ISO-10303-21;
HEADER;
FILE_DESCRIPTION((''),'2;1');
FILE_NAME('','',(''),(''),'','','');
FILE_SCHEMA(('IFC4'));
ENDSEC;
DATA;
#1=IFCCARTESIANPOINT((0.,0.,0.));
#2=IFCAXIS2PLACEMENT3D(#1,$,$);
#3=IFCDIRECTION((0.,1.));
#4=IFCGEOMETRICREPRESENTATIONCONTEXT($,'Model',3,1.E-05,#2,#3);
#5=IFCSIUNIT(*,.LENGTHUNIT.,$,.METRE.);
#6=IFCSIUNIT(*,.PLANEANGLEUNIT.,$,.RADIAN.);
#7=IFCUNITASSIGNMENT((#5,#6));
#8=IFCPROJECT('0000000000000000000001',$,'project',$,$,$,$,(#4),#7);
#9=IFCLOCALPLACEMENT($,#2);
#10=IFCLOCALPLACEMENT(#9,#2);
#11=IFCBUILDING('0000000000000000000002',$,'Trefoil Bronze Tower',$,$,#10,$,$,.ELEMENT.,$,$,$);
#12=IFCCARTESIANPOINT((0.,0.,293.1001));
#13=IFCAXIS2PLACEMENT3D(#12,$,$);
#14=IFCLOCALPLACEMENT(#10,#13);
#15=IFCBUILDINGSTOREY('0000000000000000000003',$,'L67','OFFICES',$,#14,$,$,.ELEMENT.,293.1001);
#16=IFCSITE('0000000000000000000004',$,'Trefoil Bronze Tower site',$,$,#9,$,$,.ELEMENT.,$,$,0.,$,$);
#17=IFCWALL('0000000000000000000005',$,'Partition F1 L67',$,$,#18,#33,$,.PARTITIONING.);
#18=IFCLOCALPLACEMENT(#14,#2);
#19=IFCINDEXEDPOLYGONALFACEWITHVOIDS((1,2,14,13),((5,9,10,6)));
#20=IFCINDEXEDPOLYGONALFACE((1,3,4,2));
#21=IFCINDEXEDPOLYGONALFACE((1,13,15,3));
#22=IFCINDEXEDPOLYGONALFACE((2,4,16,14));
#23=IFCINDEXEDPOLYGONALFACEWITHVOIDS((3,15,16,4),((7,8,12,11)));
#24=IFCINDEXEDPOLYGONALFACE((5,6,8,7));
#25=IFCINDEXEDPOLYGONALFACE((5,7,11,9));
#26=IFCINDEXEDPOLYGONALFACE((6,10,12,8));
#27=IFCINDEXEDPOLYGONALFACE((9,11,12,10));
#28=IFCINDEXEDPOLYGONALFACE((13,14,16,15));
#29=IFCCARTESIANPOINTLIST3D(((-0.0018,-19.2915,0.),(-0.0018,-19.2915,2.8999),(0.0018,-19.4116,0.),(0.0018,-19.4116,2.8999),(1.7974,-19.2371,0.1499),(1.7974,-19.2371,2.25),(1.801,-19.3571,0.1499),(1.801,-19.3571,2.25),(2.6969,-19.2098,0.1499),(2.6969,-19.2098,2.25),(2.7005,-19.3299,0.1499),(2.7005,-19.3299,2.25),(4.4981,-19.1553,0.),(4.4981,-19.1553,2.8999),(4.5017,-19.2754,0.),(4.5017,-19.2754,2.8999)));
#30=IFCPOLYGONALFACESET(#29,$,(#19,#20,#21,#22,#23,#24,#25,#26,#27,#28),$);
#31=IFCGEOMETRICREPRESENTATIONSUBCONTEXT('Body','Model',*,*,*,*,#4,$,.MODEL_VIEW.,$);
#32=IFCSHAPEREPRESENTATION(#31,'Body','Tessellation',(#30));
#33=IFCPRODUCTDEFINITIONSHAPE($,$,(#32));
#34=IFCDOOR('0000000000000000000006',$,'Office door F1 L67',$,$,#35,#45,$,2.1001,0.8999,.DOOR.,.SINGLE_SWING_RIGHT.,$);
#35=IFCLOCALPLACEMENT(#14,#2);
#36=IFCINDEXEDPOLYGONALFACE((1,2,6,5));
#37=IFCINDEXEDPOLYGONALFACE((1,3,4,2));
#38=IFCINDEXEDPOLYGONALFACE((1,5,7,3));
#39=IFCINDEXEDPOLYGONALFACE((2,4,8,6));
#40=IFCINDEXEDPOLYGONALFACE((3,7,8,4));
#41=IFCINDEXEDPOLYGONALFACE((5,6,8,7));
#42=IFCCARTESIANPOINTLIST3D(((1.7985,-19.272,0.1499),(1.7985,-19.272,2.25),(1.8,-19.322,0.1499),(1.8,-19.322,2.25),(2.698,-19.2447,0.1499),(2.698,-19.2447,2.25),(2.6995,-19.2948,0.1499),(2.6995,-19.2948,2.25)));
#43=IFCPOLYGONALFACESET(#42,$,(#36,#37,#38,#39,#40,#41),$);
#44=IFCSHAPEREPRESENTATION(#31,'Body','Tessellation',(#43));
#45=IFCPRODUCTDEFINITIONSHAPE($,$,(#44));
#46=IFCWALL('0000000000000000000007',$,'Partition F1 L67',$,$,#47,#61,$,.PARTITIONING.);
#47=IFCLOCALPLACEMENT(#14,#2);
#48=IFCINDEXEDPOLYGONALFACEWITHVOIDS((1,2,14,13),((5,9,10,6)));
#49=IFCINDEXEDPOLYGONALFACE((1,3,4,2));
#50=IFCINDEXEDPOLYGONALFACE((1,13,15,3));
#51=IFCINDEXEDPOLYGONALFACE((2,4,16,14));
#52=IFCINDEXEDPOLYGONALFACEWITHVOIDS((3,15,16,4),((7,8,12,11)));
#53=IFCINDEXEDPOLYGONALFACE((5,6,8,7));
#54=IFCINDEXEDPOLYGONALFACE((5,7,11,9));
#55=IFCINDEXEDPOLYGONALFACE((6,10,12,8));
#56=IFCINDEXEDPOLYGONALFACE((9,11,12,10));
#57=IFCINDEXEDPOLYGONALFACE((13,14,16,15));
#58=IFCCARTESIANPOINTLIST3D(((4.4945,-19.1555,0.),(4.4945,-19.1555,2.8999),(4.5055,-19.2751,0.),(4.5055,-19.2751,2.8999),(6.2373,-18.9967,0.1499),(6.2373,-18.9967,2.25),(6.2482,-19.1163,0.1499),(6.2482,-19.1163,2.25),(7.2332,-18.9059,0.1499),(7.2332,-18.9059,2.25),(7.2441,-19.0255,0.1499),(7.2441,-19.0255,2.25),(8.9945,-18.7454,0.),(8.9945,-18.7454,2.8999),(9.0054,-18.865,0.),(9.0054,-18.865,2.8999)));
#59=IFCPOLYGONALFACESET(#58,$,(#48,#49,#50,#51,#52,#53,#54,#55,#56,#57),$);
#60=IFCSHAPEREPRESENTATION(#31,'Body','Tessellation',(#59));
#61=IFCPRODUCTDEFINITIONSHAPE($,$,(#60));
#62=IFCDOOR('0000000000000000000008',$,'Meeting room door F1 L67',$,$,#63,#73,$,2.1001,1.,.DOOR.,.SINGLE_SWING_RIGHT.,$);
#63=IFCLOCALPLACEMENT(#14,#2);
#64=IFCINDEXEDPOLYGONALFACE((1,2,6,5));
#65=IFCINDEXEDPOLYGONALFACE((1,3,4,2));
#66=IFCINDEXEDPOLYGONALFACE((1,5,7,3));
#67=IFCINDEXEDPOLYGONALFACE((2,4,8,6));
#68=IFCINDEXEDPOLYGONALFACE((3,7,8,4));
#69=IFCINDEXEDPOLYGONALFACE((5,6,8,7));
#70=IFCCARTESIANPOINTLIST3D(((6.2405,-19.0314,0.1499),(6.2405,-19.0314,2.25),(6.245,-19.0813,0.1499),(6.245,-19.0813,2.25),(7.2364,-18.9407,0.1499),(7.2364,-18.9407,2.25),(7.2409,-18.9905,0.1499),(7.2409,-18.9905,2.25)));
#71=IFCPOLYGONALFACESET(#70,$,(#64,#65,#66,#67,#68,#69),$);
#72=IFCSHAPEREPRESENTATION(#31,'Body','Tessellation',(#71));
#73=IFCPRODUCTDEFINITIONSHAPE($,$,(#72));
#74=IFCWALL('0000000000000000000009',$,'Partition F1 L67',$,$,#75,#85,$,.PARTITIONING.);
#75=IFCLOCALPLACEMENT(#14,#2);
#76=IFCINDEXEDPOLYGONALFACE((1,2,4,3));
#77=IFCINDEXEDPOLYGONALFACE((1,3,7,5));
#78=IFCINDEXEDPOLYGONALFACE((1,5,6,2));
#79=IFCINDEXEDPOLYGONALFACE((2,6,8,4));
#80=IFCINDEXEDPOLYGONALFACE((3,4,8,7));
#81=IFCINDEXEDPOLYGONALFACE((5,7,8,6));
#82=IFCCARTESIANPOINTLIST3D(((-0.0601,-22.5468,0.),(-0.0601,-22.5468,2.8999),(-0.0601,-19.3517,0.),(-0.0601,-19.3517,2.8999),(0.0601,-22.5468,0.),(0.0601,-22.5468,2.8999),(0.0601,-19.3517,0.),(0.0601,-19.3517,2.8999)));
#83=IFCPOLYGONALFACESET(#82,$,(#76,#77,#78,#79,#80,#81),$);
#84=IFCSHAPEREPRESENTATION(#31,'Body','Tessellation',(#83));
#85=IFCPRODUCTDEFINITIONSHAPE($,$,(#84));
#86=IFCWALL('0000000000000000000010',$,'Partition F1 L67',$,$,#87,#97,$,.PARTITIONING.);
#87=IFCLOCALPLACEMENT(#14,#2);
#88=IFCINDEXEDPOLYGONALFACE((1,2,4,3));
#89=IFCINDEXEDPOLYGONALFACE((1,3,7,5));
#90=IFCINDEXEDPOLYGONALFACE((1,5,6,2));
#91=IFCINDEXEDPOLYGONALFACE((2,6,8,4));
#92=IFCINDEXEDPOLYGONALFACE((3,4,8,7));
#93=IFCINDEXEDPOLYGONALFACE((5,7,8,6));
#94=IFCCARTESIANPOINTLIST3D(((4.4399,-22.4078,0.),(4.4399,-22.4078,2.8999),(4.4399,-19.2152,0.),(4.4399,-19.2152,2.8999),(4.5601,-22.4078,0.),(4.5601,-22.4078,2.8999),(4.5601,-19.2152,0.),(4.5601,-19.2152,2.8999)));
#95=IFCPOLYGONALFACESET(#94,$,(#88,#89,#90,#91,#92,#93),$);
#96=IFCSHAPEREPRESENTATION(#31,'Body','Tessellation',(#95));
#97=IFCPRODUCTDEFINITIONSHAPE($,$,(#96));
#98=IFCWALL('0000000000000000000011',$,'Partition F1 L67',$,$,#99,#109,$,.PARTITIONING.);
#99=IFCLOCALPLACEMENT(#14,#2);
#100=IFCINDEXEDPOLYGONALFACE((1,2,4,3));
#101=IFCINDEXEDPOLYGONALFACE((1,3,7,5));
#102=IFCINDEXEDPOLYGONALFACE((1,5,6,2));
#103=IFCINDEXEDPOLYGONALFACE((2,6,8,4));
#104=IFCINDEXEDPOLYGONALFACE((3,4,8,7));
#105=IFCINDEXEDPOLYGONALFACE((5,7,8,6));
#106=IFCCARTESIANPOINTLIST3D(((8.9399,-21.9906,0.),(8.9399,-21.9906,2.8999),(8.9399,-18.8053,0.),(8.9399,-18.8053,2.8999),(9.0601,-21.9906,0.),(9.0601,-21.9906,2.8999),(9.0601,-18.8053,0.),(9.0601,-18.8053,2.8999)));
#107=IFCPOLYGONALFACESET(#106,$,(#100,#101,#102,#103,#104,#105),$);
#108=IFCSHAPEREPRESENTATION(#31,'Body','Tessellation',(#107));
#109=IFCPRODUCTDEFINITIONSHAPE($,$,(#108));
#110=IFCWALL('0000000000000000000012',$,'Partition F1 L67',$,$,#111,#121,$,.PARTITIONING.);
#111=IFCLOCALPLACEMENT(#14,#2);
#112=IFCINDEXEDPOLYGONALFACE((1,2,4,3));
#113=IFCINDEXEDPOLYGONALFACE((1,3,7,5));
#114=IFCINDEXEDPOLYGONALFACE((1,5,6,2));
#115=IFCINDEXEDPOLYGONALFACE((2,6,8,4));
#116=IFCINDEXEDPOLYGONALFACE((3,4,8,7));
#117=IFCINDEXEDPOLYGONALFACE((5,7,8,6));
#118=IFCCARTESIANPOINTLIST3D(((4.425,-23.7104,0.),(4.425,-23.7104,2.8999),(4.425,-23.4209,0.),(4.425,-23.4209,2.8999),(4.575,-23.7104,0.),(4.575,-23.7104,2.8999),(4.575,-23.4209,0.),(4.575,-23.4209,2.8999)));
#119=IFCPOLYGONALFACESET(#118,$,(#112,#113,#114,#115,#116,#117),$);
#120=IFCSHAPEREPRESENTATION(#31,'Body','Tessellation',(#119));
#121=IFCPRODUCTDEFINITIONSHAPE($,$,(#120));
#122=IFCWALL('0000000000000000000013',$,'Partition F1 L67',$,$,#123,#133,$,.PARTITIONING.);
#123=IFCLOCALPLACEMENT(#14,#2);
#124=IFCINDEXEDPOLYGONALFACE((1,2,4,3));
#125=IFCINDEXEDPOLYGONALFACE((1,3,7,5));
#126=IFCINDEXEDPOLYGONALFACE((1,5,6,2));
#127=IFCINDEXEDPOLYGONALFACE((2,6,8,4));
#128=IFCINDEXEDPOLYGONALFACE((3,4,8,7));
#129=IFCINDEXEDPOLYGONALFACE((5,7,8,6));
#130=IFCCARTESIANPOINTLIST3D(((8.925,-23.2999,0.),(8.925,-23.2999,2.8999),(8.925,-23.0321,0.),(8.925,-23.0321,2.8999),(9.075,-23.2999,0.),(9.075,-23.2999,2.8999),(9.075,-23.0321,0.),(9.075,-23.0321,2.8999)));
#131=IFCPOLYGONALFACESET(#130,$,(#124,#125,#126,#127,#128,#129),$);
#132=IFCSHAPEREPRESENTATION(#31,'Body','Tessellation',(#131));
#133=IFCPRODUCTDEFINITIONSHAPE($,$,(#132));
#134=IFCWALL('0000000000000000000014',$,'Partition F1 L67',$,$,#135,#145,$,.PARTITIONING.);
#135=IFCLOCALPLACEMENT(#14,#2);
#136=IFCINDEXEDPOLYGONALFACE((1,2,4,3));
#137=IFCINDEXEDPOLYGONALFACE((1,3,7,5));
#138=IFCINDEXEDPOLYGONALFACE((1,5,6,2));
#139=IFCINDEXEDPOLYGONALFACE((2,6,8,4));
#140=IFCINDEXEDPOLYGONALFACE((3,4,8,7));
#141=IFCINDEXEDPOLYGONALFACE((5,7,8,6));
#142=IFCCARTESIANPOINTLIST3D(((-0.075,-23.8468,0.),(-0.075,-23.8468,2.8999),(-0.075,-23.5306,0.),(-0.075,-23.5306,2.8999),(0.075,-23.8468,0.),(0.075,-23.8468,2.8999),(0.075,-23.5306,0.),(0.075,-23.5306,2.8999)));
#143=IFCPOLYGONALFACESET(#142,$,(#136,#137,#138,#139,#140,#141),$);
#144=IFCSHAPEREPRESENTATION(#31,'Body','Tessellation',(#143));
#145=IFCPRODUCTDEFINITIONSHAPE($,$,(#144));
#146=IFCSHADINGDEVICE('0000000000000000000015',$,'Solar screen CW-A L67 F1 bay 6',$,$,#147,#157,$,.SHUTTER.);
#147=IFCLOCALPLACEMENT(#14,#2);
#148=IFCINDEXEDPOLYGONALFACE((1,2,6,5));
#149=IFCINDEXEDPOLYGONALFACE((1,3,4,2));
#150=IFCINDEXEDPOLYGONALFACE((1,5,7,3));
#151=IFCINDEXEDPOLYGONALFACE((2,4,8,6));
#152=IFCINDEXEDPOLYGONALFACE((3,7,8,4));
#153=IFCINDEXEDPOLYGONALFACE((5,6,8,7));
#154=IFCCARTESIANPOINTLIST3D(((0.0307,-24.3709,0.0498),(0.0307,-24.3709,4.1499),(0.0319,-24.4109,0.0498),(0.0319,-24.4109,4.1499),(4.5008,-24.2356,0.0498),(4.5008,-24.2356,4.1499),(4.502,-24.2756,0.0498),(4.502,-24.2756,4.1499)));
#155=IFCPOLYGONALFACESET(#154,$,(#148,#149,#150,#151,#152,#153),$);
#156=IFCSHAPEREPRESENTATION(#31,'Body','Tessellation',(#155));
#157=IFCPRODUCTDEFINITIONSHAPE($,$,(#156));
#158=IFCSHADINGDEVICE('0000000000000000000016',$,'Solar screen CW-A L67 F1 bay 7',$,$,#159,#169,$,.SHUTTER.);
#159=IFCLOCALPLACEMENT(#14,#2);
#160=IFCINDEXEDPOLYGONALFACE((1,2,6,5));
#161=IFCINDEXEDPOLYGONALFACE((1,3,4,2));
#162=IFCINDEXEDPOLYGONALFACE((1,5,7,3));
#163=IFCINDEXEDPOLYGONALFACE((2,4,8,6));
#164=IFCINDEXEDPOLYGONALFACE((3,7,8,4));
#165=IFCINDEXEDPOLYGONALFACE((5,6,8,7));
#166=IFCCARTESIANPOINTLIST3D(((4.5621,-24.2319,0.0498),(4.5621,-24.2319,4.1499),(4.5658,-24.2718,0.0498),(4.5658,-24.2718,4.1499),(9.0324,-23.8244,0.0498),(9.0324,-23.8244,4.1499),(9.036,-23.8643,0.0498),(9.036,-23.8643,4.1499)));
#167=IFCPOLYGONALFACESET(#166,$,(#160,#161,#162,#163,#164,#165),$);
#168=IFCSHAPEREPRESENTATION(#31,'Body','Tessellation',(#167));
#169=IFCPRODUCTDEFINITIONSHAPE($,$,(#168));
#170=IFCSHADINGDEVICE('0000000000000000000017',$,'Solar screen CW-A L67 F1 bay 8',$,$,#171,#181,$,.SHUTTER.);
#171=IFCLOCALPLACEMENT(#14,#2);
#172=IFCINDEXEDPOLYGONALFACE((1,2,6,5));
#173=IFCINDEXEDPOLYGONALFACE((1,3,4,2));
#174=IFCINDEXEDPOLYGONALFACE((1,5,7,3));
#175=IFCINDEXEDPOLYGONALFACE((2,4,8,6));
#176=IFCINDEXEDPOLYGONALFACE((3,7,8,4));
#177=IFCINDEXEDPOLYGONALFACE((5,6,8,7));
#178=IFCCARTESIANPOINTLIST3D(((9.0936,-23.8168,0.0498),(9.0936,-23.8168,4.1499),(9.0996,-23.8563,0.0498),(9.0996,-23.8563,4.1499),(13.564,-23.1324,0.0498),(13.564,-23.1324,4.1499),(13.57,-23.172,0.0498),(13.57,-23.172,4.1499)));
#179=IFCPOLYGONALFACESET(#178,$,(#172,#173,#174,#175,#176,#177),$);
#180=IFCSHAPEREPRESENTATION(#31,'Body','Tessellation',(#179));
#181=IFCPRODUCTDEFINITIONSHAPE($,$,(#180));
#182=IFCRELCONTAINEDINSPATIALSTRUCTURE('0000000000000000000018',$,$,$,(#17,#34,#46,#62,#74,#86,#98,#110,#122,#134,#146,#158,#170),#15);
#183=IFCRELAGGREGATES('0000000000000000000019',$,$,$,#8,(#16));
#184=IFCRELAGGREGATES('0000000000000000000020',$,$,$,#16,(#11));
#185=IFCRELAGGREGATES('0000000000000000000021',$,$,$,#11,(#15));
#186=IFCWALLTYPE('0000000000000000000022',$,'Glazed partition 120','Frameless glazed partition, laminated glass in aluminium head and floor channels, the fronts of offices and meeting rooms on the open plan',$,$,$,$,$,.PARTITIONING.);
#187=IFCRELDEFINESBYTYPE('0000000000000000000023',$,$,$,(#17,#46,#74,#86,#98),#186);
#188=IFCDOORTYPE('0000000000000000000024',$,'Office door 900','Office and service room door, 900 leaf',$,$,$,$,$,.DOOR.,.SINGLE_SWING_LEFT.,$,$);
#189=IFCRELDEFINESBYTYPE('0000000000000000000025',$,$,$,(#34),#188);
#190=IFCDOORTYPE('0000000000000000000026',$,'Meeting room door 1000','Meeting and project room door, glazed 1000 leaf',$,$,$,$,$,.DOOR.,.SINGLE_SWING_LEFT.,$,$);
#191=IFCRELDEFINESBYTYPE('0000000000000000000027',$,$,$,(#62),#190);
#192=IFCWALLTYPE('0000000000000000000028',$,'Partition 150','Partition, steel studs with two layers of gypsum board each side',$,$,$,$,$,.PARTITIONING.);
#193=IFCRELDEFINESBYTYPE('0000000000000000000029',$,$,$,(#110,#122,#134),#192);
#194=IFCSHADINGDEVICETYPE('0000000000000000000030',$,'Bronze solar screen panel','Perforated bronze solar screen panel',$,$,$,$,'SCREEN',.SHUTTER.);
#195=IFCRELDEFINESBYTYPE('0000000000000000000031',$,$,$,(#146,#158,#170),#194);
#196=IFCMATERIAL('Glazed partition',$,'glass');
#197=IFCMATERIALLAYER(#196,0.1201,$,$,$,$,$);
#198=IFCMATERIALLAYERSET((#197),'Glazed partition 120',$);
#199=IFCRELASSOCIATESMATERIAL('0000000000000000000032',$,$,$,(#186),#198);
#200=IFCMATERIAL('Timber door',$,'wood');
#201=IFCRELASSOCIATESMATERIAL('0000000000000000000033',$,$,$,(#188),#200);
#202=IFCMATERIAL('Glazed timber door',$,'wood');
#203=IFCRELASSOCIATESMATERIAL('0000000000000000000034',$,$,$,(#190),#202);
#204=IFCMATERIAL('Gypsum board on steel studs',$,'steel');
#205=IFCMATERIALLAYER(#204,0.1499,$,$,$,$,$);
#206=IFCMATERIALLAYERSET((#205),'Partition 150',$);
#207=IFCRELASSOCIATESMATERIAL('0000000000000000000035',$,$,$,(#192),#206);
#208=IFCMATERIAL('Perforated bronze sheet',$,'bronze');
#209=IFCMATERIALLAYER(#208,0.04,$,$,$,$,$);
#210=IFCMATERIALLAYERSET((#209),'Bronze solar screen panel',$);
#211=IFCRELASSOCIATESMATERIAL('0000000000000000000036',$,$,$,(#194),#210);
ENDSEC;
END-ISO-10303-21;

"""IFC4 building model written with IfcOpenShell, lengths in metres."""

from ifc_helpers import new_model, si_unit, direction, frame, frame_2d, origin, origin_2d, place, context, subcontext, project, spatial, rectangle, extrude, material, layer, layer_set, type_object, element, fill, save


model = new_model("IFC4")

# Units and contexts
model_context = context("Model", 3, precision=1e-05, world=origin(), true_north=direction((0.0, 1.0)))
body_context = subcontext(model_context, "Body", "Model", "MODEL_VIEW")
ifc_project = project(units=[si_unit("LENGTHUNIT", "METRE"), si_unit("PLANEANGLEUNIT", "RADIAN")], contexts=[model_context])

# Site, building, storey
site_placement = place(None, origin())
site = spatial("IfcSite", under=ifc_project, at=site_placement, Name="Trefoil Bronze Tower site", CompositionType="ELEMENT", RefElevation=0.0)
building_placement = place(site_placement, origin())
building = spatial("IfcBuilding", under=site, at=building_placement, Name="Trefoil Bronze Tower", CompositionType="ELEMENT")
storey_placement = place(building_placement, frame((0.0, 0.0, 293.1001)))
storey = spatial("IfcBuildingStorey", under=building, at=storey_placement, Name="L67", Description="OFFICES", CompositionType="ELEMENT", Elevation=293.1001)

# Walls, openings, doors
ifc_material_1 = material(Name="Glazed partition", Category="glass")
ifc_layer_1 = layer(ifc_material_1, 0.1201)
ifc_layer_set_1 = layer_set([ifc_layer_1], Name="Glazed partition 120")
wall_type_1 = type_object("IfcWallType", Name="Glazed partition 120", Description="Frameless glazed partition, laminated glass in aluminium head and floor channels, the fronts of offices and meeting rooms on the open plan", PredefinedType="PARTITIONING", material=ifc_layer_set_1)
wall_1_placement = place(storey_placement, frame((0.0, -19.3516, 0.0), z_axis=(0.0, 0.0, 1.0), x_axis=(0.999542, 0.03026, 0.0)))
wall_1 = element("IfcWall", 1, at=wall_1_placement, inside=storey, type_object=wall_type_1, Name="Partition F1 L67", PredefinedType="PARTITIONING", context=body_context, shape_type="SweptSolid", body=[
    extrude(rectangle(XDim=4.502, YDim=0.1201, at=frame_2d((2.251, 0.0))), origin(), (0.0, 0.0, 1.0), 2.8999),
])
opening_1_placement = place(wall_1_placement, frame((1.8, 0.0, 0.1499)))
opening_1 = element("IfcOpeningElement", 2, at=opening_1_placement, cuts=wall_1, PredefinedType="OPENING", context=body_context, shape_type="SweptSolid", body=[
    extrude(rectangle(XDim=0.8999, YDim=2.1001, at=frame_2d((0.45, 1.05))), frame((0.0, 0.0701, 0.0), z_axis=(0.0, -1.0, 0.0), x_axis=(1.0, 0.0, 0.0)), (0.0, 0.0, 1.0), 0.1401),
])
ifc_material_2 = material(Name="Timber door", Category="wood")
door_type_1 = type_object("IfcDoorType", Name="Office door 900", Description="Office and service room door, 900 leaf", OperationType="SINGLE_SWING_LEFT", PredefinedType="DOOR", material=ifc_material_2)
door_1_placement = place(opening_1_placement, frame((0.8999, 0.0, 0.0), z_axis=(0.0, 0.0, 1.0), x_axis=(-1.0, 0.0, 0.0)))
door_1 = element("IfcDoor", 3, at=door_1_placement, inside=storey, type_object=door_type_1, Name="Office door F1 L67", OperationType="SINGLE_SWING_RIGHT", OverallHeight=2.1001, OverallWidth=0.8999, PredefinedType="DOOR", context=body_context, shape_type="SweptSolid", body=[
    extrude(rectangle(XDim=0.8999, YDim=2.1001, at=frame_2d((0.45, 1.05))), frame((0.0, 0.0249, 0.0), z_axis=(0.0, -1.0, 0.0), x_axis=(1.0, 0.0, 0.0)), (0.0, 0.0, 1.0), 0.05),
])
fill(opening_1, door_1)
wall_2_placement = place(storey_placement, frame((4.5, -19.2153, 0.0), z_axis=(0.0, 0.0, 1.0), x_axis=(0.995872, 0.09077, 0.0)))
wall_2 = element("IfcWall", 4, at=wall_2_placement, inside=storey, type_object=wall_type_1, Name="Partition F1 L67", PredefinedType="PARTITIONING", context=body_context, shape_type="SweptSolid", body=[
    extrude(rectangle(XDim=4.5186, YDim=0.1201, at=frame_2d((2.2593, 0.0))), origin(), (0.0, 0.0, 1.0), 2.8999),
])
opening_2_placement = place(wall_2_placement, frame((1.75, 0.0, 0.1499)))
opening_2 = element("IfcOpeningElement", 5, at=opening_2_placement, cuts=wall_2, PredefinedType="OPENING", context=body_context, shape_type="SweptSolid", body=[
    extrude(rectangle(XDim=1.0, YDim=2.1001, at=frame_2d((0.5, 1.05))), frame((0.0, 0.0701, 0.0), z_axis=(0.0, -1.0, 0.0), x_axis=(1.0, 0.0, 0.0)), (0.0, 0.0, 1.0), 0.1401),
])
ifc_material_3 = material(Name="Glazed timber door", Category="wood")
door_type_2 = type_object("IfcDoorType", Name="Meeting room door 1000", Description="Meeting and project room door, glazed 1000 leaf", OperationType="SINGLE_SWING_LEFT", PredefinedType="DOOR", material=ifc_material_3)
door_2_placement = place(opening_2_placement, frame((1.0, 0.0, 0.0), z_axis=(0.0, 0.0, 1.0), x_axis=(-1.0, 0.0, 0.0)))
door_2 = element("IfcDoor", 6, at=door_2_placement, inside=storey, type_object=door_type_2, Name="Meeting room door F1 L67", OperationType="SINGLE_SWING_RIGHT", OverallHeight=2.1001, OverallWidth=1.0, PredefinedType="DOOR", context=body_context, shape_type="SweptSolid", body=[
    extrude(rectangle(XDim=1.0, YDim=2.1001, at=frame_2d((0.5, 1.05))), frame((0.0, 0.0249, 0.0), z_axis=(0.0, -1.0, 0.0), x_axis=(1.0, 0.0, 0.0)), (0.0, 0.0, 1.0), 0.05),
])
fill(opening_2, door_2)

# Walls
wall_3_placement = place(storey_placement, frame((0.0, -19.3516, 0.0), z_axis=(0.0, 0.0, 1.0), x_axis=(0.0, -1.0, 0.0)))
element("IfcWall", 7, at=wall_3_placement, inside=storey, type_object=wall_type_1, Name="Partition F1 L67", PredefinedType="PARTITIONING", context=body_context, shape_type="SweptSolid", body=[
    extrude(rectangle(XDim=3.1951, YDim=0.1201, at=frame_2d((1.5977, 0.0))), origin(), (0.0, 0.0, 1.0), 2.8999),
])
wall_4_placement = place(storey_placement, frame((4.5, -19.2153, 0.0), z_axis=(0.0, 0.0, 1.0), x_axis=(0.0, -1.0, 0.0)))
element("IfcWall", 8, at=wall_4_placement, inside=storey, type_object=wall_type_1, Name="Partition F1 L67", PredefinedType="PARTITIONING", context=body_context, shape_type="SweptSolid", body=[
    extrude(rectangle(XDim=3.1926, YDim=0.1201, at=frame_2d((1.5962, 0.0))), origin(), (0.0, 0.0, 1.0), 2.8999),
])
wall_5_placement = place(storey_placement, frame((9.0, -18.8052, 0.0), z_axis=(0.0, 0.0, 1.0), x_axis=(0.0, -1.0, 0.0)))
element("IfcWall", 9, at=wall_5_placement, inside=storey, type_object=wall_type_1, Name="Partition F1 L67", PredefinedType="PARTITIONING", context=body_context, shape_type="SweptSolid", body=[
    extrude(rectangle(XDim=3.1853, YDim=0.1201, at=frame_2d((1.5928, 0.0))), origin(), (0.0, 0.0, 1.0), 2.8999),
])
ifc_material_4 = material(Name="Gypsum board on steel studs", Category="steel")
ifc_layer_2 = layer(ifc_material_4, 0.1499)
ifc_layer_set_2 = layer_set([ifc_layer_2], Name="Partition 150")
wall_type_2 = type_object("IfcWallType", Name="Partition 150", Description="Partition, steel studs with two layers of gypsum board each side", PredefinedType="PARTITIONING", material=ifc_layer_set_2)
wall_6_placement = place(storey_placement, frame((4.5, -23.4209, 0.0), z_axis=(0.0, 0.0, 1.0), x_axis=(0.0, -1.0, 0.0)))
element("IfcWall", 10, at=wall_6_placement, inside=storey, type_object=wall_type_2, Name="Partition F1 L67", PredefinedType="PARTITIONING", context=body_context, shape_type="SweptSolid", body=[
    extrude(rectangle(XDim=0.2896, YDim=0.1499, at=frame_2d((0.1448, 0.0))), origin(), (0.0, 0.0, 1.0), 2.8999),
])
wall_7_placement = place(storey_placement, frame((9.0, -23.0322, 0.0), z_axis=(0.0, 0.0, 1.0), x_axis=(0.0, -1.0, 0.0)))
element("IfcWall", 11, at=wall_7_placement, inside=storey, type_object=wall_type_2, Name="Partition F1 L67", PredefinedType="PARTITIONING", context=body_context, shape_type="SweptSolid", body=[
    extrude(rectangle(XDim=0.2678, YDim=0.1499, at=frame_2d((0.1338, 0.0))), origin(), (0.0, 0.0, 1.0), 2.8999),
])
wall_8_placement = place(storey_placement, frame((0.0, -23.5305, 0.0), z_axis=(0.0, 0.0, 1.0), x_axis=(0.0, -1.0, 0.0)))
element("IfcWall", 12, at=wall_8_placement, inside=storey, type_object=wall_type_2, Name="Partition F1 L67", PredefinedType="PARTITIONING", context=body_context, shape_type="SweptSolid", body=[
    extrude(rectangle(XDim=0.3162, YDim=0.1499, at=frame_2d((0.1582, 0.0))), origin(), (0.0, 0.0, 1.0), 2.8999),
])

# Shading devices
ifc_material_5 = material(Name="Perforated bronze sheet", Category="bronze")
ifc_layer_3 = layer(ifc_material_5, 0.04)
ifc_layer_set_3 = layer_set([ifc_layer_3], Name="Bronze solar screen panel")
shading_device_type = type_object("IfcShadingDeviceType", Name="Bronze solar screen panel", Description="Perforated bronze solar screen panel", ElementType="SCREEN", PredefinedType="SHUTTER", material=ifc_layer_set_3)
shading_device_1_placement = place(storey_placement, frame((2.2664, -24.3232, 0.0498), z_axis=(0.0, 0.0, 1.0), x_axis=(0.999542, 0.030263, 0.0)))
element("IfcShadingDevice", 13, at=shading_device_1_placement, inside=storey, type_object=shading_device_type, Name="Solar screen CW-A L67 F1 bay 6", PredefinedType="SHUTTER", context=body_context, shape_type="SweptSolid", body=[
    extrude(rectangle(XDim=4.4722, YDim=0.04, at=origin_2d()), origin(), (0.0, 0.0, 1.0), 4.1001),
])
shading_device_2_placement = place(storey_placement, frame((6.7991, -24.0481, 0.0498), z_axis=(0.0, 0.0, 1.0), x_axis=(0.99587, 0.090789, 0.0)))
element("IfcShadingDevice", 14, at=shading_device_2_placement, inside=storey, type_object=shading_device_type, Name="Solar screen CW-A L67 F1 bay 7", PredefinedType="SHUTTER", context=body_context, shape_type="SweptSolid", body=[
    extrude(rectangle(XDim=4.4888, YDim=0.04, at=origin_2d()), origin(), (0.0, 0.0, 1.0), 4.1001),
])
shading_device_3_placement = place(storey_placement, frame((11.3318, -23.4944, 0.0498), z_axis=(0.0, 0.0, 1.0), x_axis=(0.988485, 0.151317, 0.0)))
element("IfcShadingDevice", 15, at=shading_device_3_placement, inside=storey, type_object=shading_device_type, Name="Solar screen CW-A L67 F1 bay 8", PredefinedType="SHUTTER", context=body_context, shape_type="SweptSolid", body=[
    extrude(rectangle(XDim=4.5225, YDim=0.04, at=origin_2d()), origin(), (0.0, 0.0, 1.0), 4.1001),
])

save(model, "model.ifc")
